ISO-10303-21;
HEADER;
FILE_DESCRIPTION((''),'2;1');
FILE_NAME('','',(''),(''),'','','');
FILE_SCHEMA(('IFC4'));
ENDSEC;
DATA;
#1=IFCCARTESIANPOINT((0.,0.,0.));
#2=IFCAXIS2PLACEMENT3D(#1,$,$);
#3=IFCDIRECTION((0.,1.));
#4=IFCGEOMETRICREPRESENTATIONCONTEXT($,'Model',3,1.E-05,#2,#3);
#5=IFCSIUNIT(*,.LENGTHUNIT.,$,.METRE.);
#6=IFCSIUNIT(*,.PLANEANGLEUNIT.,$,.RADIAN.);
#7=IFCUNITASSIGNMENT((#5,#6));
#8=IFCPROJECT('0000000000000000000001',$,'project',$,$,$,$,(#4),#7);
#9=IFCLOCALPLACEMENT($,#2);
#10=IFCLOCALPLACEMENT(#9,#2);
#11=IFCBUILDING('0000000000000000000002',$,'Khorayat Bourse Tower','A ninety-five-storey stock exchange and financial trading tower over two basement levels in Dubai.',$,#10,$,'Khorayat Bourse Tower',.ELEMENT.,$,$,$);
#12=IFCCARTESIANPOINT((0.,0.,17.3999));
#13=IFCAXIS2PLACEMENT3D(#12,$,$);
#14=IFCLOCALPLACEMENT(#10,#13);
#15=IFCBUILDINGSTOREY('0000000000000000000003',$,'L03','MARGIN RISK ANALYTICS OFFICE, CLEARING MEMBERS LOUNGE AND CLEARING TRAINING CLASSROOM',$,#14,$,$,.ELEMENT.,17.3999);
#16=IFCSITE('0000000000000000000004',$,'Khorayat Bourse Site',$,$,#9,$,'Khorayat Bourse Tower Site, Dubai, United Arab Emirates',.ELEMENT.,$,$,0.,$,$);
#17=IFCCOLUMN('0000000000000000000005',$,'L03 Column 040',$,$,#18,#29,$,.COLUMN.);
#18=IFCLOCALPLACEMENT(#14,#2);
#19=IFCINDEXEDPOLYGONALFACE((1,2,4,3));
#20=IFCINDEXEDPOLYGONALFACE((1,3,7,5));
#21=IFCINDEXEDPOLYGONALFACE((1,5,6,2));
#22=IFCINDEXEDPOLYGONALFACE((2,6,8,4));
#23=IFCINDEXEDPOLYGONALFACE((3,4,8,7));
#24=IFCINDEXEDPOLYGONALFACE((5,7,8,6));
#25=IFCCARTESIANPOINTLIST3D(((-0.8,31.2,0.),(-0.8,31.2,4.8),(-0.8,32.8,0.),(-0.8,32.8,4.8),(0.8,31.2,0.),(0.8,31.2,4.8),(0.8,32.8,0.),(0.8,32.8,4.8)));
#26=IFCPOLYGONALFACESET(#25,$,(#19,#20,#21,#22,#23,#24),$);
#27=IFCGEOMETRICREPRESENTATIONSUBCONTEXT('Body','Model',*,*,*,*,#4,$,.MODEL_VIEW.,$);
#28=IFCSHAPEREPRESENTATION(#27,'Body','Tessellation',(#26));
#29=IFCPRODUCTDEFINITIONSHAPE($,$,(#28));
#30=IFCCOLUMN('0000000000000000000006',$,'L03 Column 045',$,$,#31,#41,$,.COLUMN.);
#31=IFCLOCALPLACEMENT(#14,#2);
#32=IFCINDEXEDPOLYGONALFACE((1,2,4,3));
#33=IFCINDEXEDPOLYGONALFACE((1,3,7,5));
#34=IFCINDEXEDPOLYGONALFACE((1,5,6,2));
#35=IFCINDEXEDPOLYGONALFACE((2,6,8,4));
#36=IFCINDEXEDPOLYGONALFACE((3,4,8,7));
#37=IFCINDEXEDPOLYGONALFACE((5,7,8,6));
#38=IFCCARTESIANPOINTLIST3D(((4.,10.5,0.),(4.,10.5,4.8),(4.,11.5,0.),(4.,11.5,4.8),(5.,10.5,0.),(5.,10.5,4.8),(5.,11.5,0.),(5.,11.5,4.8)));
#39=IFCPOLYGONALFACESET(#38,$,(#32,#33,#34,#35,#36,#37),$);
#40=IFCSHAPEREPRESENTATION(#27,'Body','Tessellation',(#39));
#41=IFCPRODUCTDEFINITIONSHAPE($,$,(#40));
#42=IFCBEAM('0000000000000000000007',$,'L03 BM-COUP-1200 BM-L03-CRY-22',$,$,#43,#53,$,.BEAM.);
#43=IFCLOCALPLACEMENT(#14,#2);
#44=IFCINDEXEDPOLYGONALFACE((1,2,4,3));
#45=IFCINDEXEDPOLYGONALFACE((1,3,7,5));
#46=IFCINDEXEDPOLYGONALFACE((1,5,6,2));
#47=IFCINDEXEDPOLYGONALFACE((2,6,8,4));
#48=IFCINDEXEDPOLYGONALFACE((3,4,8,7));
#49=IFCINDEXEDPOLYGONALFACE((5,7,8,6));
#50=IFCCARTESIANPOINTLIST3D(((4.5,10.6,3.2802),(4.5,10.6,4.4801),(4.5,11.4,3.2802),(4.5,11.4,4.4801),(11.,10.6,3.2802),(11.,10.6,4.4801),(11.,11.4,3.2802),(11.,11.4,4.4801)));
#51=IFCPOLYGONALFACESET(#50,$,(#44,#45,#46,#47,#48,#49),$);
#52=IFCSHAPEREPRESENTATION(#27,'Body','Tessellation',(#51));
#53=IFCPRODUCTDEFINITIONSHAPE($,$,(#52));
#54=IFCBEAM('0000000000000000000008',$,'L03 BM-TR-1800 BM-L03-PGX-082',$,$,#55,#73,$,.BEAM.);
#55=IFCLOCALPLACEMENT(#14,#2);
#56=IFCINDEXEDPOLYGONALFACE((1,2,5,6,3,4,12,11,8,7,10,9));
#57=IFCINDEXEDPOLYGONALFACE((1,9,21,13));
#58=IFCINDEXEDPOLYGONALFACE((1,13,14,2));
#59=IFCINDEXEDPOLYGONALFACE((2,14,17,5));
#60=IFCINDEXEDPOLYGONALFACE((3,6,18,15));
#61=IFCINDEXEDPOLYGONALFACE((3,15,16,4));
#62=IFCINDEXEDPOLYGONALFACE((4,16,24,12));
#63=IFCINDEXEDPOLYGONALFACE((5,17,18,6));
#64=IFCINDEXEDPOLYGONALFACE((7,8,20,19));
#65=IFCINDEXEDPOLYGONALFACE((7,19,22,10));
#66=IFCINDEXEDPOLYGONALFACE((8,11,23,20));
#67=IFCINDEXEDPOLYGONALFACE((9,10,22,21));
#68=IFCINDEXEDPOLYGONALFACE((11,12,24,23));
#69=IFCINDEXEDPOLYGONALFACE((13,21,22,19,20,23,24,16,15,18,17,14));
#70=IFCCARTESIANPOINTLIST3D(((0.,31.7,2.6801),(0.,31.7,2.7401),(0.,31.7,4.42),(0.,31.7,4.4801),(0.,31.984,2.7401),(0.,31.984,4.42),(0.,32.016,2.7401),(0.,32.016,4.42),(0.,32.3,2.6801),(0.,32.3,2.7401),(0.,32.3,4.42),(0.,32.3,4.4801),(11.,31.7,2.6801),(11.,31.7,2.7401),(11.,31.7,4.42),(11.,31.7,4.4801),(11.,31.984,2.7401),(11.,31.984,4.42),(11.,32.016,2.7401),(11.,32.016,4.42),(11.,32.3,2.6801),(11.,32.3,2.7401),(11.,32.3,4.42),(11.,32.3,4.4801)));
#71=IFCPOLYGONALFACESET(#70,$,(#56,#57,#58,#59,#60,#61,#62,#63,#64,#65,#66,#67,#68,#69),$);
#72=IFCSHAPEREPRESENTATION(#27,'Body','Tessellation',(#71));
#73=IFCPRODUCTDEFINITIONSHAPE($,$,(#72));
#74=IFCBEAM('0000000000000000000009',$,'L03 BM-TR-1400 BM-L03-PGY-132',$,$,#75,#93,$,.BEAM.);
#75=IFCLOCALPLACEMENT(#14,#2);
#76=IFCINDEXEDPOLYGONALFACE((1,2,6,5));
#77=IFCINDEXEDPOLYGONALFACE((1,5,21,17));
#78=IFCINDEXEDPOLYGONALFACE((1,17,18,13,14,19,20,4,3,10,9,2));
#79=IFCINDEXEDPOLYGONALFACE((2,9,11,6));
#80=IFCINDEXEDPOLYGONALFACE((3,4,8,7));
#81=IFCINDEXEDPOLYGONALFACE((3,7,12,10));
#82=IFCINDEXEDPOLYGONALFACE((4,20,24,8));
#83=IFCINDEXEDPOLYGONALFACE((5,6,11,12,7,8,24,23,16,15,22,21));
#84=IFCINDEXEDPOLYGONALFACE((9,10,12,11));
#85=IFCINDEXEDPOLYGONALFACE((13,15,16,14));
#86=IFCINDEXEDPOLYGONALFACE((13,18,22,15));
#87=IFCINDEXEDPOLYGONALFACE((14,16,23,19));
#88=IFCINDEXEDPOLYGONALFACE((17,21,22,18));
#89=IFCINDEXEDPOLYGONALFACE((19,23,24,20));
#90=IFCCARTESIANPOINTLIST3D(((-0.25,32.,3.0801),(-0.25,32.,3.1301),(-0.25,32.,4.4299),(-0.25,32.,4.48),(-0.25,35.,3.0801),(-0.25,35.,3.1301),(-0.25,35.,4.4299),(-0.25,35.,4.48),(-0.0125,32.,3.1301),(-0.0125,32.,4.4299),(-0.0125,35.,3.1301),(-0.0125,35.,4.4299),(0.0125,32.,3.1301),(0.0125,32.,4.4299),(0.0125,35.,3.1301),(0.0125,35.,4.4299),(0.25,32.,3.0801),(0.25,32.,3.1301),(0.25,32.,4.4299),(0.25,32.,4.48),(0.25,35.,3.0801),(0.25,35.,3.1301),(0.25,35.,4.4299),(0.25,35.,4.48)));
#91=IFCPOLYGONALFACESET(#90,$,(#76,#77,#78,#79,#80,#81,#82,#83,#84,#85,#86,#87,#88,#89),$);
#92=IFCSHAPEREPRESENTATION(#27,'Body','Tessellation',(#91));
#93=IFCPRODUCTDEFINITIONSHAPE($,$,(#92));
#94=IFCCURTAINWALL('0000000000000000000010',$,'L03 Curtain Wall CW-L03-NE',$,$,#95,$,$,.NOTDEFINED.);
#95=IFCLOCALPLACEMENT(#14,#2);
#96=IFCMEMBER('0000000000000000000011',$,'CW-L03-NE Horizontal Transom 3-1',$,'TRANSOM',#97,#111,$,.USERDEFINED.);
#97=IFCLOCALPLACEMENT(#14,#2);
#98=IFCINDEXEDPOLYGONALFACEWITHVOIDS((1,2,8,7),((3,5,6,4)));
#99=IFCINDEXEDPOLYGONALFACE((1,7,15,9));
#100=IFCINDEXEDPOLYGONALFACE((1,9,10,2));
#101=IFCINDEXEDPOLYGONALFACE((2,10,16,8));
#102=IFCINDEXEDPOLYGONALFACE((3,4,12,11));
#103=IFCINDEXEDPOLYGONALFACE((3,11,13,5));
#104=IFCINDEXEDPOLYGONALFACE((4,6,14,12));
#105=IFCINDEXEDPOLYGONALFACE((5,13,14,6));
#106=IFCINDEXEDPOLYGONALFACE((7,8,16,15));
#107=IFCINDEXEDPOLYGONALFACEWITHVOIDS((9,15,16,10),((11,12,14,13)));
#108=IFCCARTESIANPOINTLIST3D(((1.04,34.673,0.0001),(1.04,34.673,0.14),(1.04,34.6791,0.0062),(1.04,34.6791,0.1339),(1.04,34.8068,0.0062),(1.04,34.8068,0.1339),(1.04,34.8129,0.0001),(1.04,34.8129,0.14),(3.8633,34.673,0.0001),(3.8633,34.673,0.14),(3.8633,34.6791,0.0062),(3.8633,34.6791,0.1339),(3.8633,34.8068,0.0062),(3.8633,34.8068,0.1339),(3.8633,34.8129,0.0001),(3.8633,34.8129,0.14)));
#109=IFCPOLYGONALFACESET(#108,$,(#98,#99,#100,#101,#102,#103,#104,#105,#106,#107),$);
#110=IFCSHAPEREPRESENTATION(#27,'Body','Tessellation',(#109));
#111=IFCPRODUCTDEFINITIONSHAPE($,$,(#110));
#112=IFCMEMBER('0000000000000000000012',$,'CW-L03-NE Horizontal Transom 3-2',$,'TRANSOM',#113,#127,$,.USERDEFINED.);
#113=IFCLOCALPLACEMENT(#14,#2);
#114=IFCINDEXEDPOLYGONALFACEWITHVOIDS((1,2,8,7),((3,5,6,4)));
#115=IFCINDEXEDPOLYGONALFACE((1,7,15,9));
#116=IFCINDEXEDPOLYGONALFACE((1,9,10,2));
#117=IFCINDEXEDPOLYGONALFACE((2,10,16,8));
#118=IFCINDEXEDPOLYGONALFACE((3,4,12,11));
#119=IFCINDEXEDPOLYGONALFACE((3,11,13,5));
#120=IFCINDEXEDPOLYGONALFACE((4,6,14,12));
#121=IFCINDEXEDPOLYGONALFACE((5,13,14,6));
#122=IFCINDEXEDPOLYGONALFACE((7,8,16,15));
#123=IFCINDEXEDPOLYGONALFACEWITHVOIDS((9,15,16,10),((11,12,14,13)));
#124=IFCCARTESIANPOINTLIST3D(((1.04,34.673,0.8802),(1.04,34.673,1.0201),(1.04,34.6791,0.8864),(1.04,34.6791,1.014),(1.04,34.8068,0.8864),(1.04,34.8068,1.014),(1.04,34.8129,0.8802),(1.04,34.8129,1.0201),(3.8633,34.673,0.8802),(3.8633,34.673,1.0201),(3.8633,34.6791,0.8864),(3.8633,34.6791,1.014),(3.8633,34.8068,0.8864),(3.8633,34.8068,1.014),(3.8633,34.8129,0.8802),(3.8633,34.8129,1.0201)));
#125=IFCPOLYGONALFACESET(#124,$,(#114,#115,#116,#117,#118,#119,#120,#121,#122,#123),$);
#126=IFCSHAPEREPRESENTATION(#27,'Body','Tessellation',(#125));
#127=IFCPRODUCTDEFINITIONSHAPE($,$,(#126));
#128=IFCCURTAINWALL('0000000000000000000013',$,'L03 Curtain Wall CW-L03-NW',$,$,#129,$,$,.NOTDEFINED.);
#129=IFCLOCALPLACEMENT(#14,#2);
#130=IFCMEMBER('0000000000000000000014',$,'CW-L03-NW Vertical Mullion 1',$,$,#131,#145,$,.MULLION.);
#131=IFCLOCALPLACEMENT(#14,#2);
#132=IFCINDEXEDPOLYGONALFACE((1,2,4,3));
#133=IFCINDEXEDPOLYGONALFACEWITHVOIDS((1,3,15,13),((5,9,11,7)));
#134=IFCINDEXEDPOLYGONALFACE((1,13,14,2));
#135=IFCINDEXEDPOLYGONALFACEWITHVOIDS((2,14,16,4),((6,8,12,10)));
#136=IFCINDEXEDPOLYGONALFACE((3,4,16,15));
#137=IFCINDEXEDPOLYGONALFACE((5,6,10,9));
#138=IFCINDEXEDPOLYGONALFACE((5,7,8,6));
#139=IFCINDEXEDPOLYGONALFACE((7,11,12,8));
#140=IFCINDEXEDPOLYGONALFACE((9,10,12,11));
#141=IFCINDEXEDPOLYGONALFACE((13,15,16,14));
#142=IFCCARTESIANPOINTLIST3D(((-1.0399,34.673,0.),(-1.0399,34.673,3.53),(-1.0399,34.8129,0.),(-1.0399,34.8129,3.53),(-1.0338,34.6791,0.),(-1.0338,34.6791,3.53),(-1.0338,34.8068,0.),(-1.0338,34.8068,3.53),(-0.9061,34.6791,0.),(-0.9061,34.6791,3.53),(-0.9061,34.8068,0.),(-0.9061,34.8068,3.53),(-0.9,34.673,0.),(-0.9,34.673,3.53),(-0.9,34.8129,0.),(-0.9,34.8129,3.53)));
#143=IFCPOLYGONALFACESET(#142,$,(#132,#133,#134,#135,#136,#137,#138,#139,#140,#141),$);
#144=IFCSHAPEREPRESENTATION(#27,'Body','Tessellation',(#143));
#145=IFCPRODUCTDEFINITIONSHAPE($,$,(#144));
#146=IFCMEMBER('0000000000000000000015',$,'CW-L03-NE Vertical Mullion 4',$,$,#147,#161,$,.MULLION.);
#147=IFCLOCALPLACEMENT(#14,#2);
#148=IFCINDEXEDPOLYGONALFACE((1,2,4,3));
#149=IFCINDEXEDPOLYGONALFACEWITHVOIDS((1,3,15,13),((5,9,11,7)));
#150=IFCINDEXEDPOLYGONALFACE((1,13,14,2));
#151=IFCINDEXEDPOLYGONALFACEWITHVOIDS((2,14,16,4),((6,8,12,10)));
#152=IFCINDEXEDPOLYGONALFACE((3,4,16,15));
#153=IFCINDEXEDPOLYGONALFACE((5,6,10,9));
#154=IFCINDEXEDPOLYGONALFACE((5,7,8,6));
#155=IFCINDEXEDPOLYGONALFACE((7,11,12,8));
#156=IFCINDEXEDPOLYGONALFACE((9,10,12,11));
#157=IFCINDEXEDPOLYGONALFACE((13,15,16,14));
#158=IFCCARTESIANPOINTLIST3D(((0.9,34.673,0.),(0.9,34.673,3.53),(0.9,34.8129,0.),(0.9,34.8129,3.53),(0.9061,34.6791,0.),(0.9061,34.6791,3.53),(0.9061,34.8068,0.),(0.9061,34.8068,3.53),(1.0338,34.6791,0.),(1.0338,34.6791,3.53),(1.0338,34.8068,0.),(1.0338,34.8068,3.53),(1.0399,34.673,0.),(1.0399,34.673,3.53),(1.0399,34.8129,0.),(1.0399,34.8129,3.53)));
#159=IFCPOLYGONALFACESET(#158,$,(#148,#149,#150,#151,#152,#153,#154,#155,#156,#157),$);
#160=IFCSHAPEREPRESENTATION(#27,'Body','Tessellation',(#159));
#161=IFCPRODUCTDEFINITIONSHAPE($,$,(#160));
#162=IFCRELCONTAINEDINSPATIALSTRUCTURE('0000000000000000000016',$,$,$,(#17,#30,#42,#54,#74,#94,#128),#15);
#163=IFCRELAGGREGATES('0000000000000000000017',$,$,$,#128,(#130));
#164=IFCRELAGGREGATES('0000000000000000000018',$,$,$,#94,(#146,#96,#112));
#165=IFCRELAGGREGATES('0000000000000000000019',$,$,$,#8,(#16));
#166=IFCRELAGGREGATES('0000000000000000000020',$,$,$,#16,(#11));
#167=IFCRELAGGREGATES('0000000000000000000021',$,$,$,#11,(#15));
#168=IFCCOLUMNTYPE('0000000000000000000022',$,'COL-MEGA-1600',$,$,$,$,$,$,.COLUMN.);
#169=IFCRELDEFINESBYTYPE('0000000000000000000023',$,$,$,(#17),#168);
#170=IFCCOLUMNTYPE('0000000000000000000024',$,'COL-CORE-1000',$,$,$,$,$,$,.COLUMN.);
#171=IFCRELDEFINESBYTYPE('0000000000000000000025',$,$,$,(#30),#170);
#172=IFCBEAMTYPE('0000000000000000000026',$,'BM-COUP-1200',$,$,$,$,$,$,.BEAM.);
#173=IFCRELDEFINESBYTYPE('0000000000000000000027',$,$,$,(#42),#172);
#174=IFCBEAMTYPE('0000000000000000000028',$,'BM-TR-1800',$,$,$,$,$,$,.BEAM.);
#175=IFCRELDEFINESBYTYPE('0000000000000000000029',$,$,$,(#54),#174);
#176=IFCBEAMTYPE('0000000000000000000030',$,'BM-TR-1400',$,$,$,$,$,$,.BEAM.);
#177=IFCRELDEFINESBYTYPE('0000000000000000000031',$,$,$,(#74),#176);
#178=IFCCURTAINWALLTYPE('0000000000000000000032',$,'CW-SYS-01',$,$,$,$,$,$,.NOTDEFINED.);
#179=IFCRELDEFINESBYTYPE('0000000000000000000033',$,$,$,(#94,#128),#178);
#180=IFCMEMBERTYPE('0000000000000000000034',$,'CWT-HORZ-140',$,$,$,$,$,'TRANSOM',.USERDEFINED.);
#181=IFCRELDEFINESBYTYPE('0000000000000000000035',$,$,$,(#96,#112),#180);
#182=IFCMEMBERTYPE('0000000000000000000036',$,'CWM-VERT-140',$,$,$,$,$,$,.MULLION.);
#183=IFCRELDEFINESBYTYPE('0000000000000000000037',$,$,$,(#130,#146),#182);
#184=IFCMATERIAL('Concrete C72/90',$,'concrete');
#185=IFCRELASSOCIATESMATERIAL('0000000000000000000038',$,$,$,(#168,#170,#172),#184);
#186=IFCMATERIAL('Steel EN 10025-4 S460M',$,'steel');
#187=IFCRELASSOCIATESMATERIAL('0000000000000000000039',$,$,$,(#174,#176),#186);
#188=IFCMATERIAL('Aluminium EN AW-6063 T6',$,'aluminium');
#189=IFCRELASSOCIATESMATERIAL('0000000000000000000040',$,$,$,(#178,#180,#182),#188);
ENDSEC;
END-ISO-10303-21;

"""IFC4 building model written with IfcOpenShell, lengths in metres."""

from ifc_helpers import new_model, si_unit, direction, frame, origin, origin_2d, place, context, subcontext, project, spatial, rectangle, hollow_rectangle, i_section, extrude, source, transform, mapped, material, material_profile, profile_set, type_object, element, aggregate, save


model = new_model("IFC4")

# Units and contexts
model_context = context("Model", 3, precision=1e-05, world=origin(), true_north=direction((0.0, 1.0)))
body_context = subcontext(model_context, "Body", "Model", "MODEL_VIEW")
ifc_project = project(units=[si_unit("LENGTHUNIT", "METRE"), si_unit("PLANEANGLEUNIT", "RADIAN")], contexts=[model_context])

# Site, building, storey
site_placement = place(None, origin())
site = spatial("IfcSite", under=ifc_project, at=site_placement, Name="Khorayat Bourse Site", LongName="Khorayat Bourse Tower Site, Dubai, United Arab Emirates", CompositionType="ELEMENT", RefElevation=0.0)
building_placement = place(site_placement, origin())
building = spatial("IfcBuilding", under=site, at=building_placement, Name="Khorayat Bourse Tower", Description="A ninety-five-storey stock exchange and financial trading tower over two basement levels in Dubai.", LongName="Khorayat Bourse Tower", CompositionType="ELEMENT")
storey_placement = place(building_placement, frame((0.0, 0.0, 17.3999)))
storey = spatial("IfcBuildingStorey", under=building, at=storey_placement, Name="L03", Description="MARGIN RISK ANALYTICS OFFICE, CLEARING MEMBERS LOUNGE AND CLEARING TRAINING CLASSROOM", CompositionType="ELEMENT", Elevation=17.3999)

# Columns
ifc_material_1 = material(Name="Concrete C72/90", Category="concrete")
ifc_material_profile_1 = material_profile(ifc_material_1, rectangle(XDim=1.6001, YDim=1.6001, at=origin_2d()), Name="RC 1600x1600")
ifc_profile_set_1 = profile_set([ifc_material_profile_1], Name="Concrete C72/90")
column_type_1 = type_object("IfcColumnType", Name="COL-MEGA-1600", PredefinedType="COLUMN", material=ifc_profile_set_1)
shared_shape_1 = source(origin(), body_context, "Body", "SweptSolid", [
    extrude(rectangle(XDim=1.6001, YDim=1.6001, at=origin_2d()), origin(), (0.0, 0.0, 1.0), 4.8),
])
column_1_placement = place(storey_placement, frame((0.0, 32.0, 0.0), z_axis=(0.0, 0.0, 1.0), x_axis=(1.0, 0.0, 0.0)))
element("IfcColumn", 1, at=column_1_placement, inside=storey, type_object=column_type_1, Name="L03 Column 040", PredefinedType="COLUMN", context=body_context, shape_type="MappedRepresentation", body=[
    mapped(shared_shape_1, transform((0.0, 0.0, 0.0), scale=1.0)),
])
ifc_material_profile_2 = material_profile(ifc_material_1, rectangle(XDim=1.0, YDim=1.0, at=origin_2d()), Name="RC 1000x1000")
ifc_profile_set_2 = profile_set([ifc_material_profile_2], Name="Concrete C72/90")
column_type_2 = type_object("IfcColumnType", Name="COL-CORE-1000", PredefinedType="COLUMN", material=ifc_profile_set_2)
shared_shape_2 = source(origin(), body_context, "Body", "SweptSolid", [
    extrude(rectangle(XDim=1.0, YDim=1.0, at=origin_2d()), origin(), (0.0, 0.0, 1.0), 4.8),
])
column_2_placement = place(storey_placement, frame((4.5, 11.0, 0.0), z_axis=(0.0, 0.0, 1.0), x_axis=(1.0, 0.0, 0.0)))
element("IfcColumn", 2, at=column_2_placement, inside=storey, type_object=column_type_2, Name="L03 Column 045", PredefinedType="COLUMN", context=body_context, shape_type="MappedRepresentation", body=[
    mapped(shared_shape_2, transform((0.0, 0.0, 0.0), scale=1.0)),
])

# Beams
ifc_material_profile_3 = material_profile(ifc_material_1, rectangle(XDim=0.8, YDim=1.2, at=origin_2d()), Name="RC 800x1200")
ifc_profile_set_3 = profile_set([ifc_material_profile_3], Name="Concrete C72/90")
beam_type_1 = type_object("IfcBeamType", Name="BM-COUP-1200", PredefinedType="BEAM", material=ifc_profile_set_3)
shared_shape_3 = source(origin(), body_context, "Body", "SweptSolid", [
    extrude(rectangle(XDim=0.8, YDim=1.2, at=origin_2d()), origin(), (0.0, 0.0, 1.0), 6.5),
])
beam_1_placement = place(storey_placement, frame((4.5, 11.0, 3.8801), z_axis=(1.0, 0.0, 0.0), x_axis=(0.0, 1.0, 0.0)))
element("IfcBeam", 3, at=beam_1_placement, inside=storey, type_object=beam_type_1, Name="L03 BM-COUP-1200 BM-L03-CRY-22", PredefinedType="BEAM", context=body_context, shape_type="MappedRepresentation", body=[
    mapped(shared_shape_3, transform((0.0, 0.0, 0.0), scale=1.0)),
])
ifc_material_2 = material(Name="Steel EN 10025-4 S460M", Category="steel")
ifc_material_profile_4 = material_profile(ifc_material_2, i_section(OverallWidth=0.6001, OverallDepth=1.8, WebThickness=0.032, FlangeThickness=0.0601, at=origin_2d()), Name="PG 1800x600x32x60")
ifc_profile_set_4 = profile_set([ifc_material_profile_4], Name="Steel EN 10025-4 S460M")
beam_type_2 = type_object("IfcBeamType", Name="BM-TR-1800", PredefinedType="BEAM", material=ifc_profile_set_4)
shared_shape_4 = source(origin(), body_context, "Body", "SweptSolid", [
    extrude(i_section(OverallWidth=0.6001, OverallDepth=1.8, WebThickness=0.032, FlangeThickness=0.0601, at=origin_2d()), origin(), (0.0, 0.0, 1.0), 11.0),
])
beam_2_placement = place(storey_placement, frame((0.0, 32.0, 3.5801), z_axis=(1.0, 0.0, 0.0), x_axis=(0.0, 1.0, 0.0)))
element("IfcBeam", 4, at=beam_2_placement, inside=storey, type_object=beam_type_2, Name="L03 BM-TR-1800 BM-L03-PGX-082", PredefinedType="BEAM", context=body_context, shape_type="MappedRepresentation", body=[
    mapped(shared_shape_4, transform((0.0, 0.0, 0.0), scale=1.0)),
])
ifc_material_profile_5 = material_profile(ifc_material_2, i_section(OverallWidth=0.5, OverallDepth=1.3999, WebThickness=0.0249, FlangeThickness=0.05, at=origin_2d()), Name="PG 1400x500x25x50")
ifc_profile_set_5 = profile_set([ifc_material_profile_5], Name="Steel EN 10025-4 S460M")
beam_type_3 = type_object("IfcBeamType", Name="BM-TR-1400", PredefinedType="BEAM", material=ifc_profile_set_5)
shared_shape_5 = source(origin(), body_context, "Body", "SweptSolid", [
    extrude(i_section(OverallWidth=0.5, OverallDepth=1.3999, WebThickness=0.0249, FlangeThickness=0.05, at=origin_2d()), origin(), (0.0, 0.0, 1.0), 3.0),
])
beam_3_placement = place(storey_placement, frame((0.0, 32.0, 3.78), z_axis=(0.0, 1.0, 0.0), x_axis=(-1.0, 0.0, 0.0)))
element("IfcBeam", 5, at=beam_3_placement, inside=storey, type_object=beam_type_3, Name="L03 BM-TR-1400 BM-L03-PGY-132", PredefinedType="BEAM", context=body_context, shape_type="MappedRepresentation", body=[
    mapped(shared_shape_5, transform((0.0, 0.0, 0.0), scale=1.0)),
])

# Curtain wall, members
ifc_material_3 = material(Name="Aluminium EN AW-6063 T6", Category="aluminium")
curtain_wall_type = type_object("IfcCurtainWallType", Name="CW-SYS-01", PredefinedType="NOTDEFINED", material=ifc_material_3)
curtain_wall_1_placement = place(storey_placement, origin())
curtain_wall_1 = element("IfcCurtainWall", 6, at=curtain_wall_1_placement, inside=storey, type_object=curtain_wall_type, Name="L03 Curtain Wall CW-L03-NE", PredefinedType="NOTDEFINED")
ifc_material_profile_6 = material_profile(ifc_material_3, hollow_rectangle(XDim=0.1399, YDim=0.1399, WallThickness=0.0061, at=origin_2d()), Name="ALU 140x140x6")
ifc_profile_set_6 = profile_set([ifc_material_profile_6], Name="Aluminium EN AW-6063 T6")
member_type_1 = type_object("IfcMemberType", Name="CWT-HORZ-140", ElementType="TRANSOM", PredefinedType="USERDEFINED", material=ifc_profile_set_6)
shared_shape_6 = source(origin(), body_context, "Body", "SweptSolid", [
    extrude(hollow_rectangle(XDim=0.1399, YDim=0.1399, WallThickness=0.0061, at=origin_2d()), origin(), (0.0, 0.0, 1.0), 2.8232),
])
member_1_placement = place(storey_placement, frame((3.8633, 34.7429, 0.0701), z_axis=(-1.0, 0.0, 0.0), x_axis=(0.0, -1.0, 0.0)))
member_1 = element("IfcMember", 7, at=member_1_placement, type_object=member_type_1, Name="CW-L03-NE Horizontal Transom 3-1", ObjectType="TRANSOM", PredefinedType="USERDEFINED", context=body_context, shape_type="MappedRepresentation", body=[
    mapped(shared_shape_6, transform((0.0, 0.0, 0.0), scale=1.0)),
])
member_2_placement = place(storey_placement, frame((3.8633, 34.7429, 0.9502), z_axis=(-1.0, 0.0, 0.0), x_axis=(0.0, -1.0, 0.0)))
member_2 = element("IfcMember", 8, at=member_2_placement, type_object=member_type_1, Name="CW-L03-NE Horizontal Transom 3-2", ObjectType="TRANSOM", PredefinedType="USERDEFINED", context=body_context, shape_type="MappedRepresentation", body=[
    mapped(shared_shape_6, transform((0.0, 0.0, 0.0), scale=1.0)),
])

# Curtain wall, member
curtain_wall_2_placement = place(storey_placement, origin())
curtain_wall_2 = element("IfcCurtainWall", 9, at=curtain_wall_2_placement, inside=storey, type_object=curtain_wall_type, Name="L03 Curtain Wall CW-L03-NW", PredefinedType="NOTDEFINED")
ifc_material_profile_7 = material_profile(ifc_material_3, hollow_rectangle(XDim=0.1399, YDim=0.1399, WallThickness=0.0061, at=origin_2d()), Name="ALU 140x140x6")
ifc_profile_set_7 = profile_set([ifc_material_profile_7], Name="Aluminium EN AW-6063 T6")
member_type_2 = type_object("IfcMemberType", Name="CWM-VERT-140", PredefinedType="MULLION", material=ifc_profile_set_7)
shared_shape_7 = source(origin(), body_context, "Body", "SweptSolid", [
    extrude(hollow_rectangle(XDim=0.1399, YDim=0.1399, WallThickness=0.0061, at=origin_2d()), origin(), (0.0, 0.0, 1.0), 3.53),
])
member_3_placement = place(storey_placement, frame((-0.97, 34.7429, 0.0), z_axis=(0.0, 0.0, 1.0), x_axis=(0.0, -1.0, 0.0)))
member_3 = element("IfcMember", 10, at=member_3_placement, type_object=member_type_2, Name="CW-L03-NW Vertical Mullion 1", PredefinedType="MULLION", context=body_context, shape_type="MappedRepresentation", body=[
    mapped(shared_shape_7, transform((0.0, 0.0, 0.0), scale=1.0)),
])
aggregate(curtain_wall_2, [member_3])

# Member
member_4_placement = place(storey_placement, frame((0.97, 34.7429, 0.0), z_axis=(0.0, 0.0, 1.0), x_axis=(0.0, -1.0, 0.0)))
member_4 = element("IfcMember", 11, at=member_4_placement, type_object=member_type_2, Name="CW-L03-NE Vertical Mullion 4", PredefinedType="MULLION", context=body_context, shape_type="MappedRepresentation", body=[
    mapped(shared_shape_7, transform((0.0, 0.0, 0.0), scale=1.0)),
])

aggregate(curtain_wall_1, [member_4, member_1, member_2])

save(model, "model.ifc")
